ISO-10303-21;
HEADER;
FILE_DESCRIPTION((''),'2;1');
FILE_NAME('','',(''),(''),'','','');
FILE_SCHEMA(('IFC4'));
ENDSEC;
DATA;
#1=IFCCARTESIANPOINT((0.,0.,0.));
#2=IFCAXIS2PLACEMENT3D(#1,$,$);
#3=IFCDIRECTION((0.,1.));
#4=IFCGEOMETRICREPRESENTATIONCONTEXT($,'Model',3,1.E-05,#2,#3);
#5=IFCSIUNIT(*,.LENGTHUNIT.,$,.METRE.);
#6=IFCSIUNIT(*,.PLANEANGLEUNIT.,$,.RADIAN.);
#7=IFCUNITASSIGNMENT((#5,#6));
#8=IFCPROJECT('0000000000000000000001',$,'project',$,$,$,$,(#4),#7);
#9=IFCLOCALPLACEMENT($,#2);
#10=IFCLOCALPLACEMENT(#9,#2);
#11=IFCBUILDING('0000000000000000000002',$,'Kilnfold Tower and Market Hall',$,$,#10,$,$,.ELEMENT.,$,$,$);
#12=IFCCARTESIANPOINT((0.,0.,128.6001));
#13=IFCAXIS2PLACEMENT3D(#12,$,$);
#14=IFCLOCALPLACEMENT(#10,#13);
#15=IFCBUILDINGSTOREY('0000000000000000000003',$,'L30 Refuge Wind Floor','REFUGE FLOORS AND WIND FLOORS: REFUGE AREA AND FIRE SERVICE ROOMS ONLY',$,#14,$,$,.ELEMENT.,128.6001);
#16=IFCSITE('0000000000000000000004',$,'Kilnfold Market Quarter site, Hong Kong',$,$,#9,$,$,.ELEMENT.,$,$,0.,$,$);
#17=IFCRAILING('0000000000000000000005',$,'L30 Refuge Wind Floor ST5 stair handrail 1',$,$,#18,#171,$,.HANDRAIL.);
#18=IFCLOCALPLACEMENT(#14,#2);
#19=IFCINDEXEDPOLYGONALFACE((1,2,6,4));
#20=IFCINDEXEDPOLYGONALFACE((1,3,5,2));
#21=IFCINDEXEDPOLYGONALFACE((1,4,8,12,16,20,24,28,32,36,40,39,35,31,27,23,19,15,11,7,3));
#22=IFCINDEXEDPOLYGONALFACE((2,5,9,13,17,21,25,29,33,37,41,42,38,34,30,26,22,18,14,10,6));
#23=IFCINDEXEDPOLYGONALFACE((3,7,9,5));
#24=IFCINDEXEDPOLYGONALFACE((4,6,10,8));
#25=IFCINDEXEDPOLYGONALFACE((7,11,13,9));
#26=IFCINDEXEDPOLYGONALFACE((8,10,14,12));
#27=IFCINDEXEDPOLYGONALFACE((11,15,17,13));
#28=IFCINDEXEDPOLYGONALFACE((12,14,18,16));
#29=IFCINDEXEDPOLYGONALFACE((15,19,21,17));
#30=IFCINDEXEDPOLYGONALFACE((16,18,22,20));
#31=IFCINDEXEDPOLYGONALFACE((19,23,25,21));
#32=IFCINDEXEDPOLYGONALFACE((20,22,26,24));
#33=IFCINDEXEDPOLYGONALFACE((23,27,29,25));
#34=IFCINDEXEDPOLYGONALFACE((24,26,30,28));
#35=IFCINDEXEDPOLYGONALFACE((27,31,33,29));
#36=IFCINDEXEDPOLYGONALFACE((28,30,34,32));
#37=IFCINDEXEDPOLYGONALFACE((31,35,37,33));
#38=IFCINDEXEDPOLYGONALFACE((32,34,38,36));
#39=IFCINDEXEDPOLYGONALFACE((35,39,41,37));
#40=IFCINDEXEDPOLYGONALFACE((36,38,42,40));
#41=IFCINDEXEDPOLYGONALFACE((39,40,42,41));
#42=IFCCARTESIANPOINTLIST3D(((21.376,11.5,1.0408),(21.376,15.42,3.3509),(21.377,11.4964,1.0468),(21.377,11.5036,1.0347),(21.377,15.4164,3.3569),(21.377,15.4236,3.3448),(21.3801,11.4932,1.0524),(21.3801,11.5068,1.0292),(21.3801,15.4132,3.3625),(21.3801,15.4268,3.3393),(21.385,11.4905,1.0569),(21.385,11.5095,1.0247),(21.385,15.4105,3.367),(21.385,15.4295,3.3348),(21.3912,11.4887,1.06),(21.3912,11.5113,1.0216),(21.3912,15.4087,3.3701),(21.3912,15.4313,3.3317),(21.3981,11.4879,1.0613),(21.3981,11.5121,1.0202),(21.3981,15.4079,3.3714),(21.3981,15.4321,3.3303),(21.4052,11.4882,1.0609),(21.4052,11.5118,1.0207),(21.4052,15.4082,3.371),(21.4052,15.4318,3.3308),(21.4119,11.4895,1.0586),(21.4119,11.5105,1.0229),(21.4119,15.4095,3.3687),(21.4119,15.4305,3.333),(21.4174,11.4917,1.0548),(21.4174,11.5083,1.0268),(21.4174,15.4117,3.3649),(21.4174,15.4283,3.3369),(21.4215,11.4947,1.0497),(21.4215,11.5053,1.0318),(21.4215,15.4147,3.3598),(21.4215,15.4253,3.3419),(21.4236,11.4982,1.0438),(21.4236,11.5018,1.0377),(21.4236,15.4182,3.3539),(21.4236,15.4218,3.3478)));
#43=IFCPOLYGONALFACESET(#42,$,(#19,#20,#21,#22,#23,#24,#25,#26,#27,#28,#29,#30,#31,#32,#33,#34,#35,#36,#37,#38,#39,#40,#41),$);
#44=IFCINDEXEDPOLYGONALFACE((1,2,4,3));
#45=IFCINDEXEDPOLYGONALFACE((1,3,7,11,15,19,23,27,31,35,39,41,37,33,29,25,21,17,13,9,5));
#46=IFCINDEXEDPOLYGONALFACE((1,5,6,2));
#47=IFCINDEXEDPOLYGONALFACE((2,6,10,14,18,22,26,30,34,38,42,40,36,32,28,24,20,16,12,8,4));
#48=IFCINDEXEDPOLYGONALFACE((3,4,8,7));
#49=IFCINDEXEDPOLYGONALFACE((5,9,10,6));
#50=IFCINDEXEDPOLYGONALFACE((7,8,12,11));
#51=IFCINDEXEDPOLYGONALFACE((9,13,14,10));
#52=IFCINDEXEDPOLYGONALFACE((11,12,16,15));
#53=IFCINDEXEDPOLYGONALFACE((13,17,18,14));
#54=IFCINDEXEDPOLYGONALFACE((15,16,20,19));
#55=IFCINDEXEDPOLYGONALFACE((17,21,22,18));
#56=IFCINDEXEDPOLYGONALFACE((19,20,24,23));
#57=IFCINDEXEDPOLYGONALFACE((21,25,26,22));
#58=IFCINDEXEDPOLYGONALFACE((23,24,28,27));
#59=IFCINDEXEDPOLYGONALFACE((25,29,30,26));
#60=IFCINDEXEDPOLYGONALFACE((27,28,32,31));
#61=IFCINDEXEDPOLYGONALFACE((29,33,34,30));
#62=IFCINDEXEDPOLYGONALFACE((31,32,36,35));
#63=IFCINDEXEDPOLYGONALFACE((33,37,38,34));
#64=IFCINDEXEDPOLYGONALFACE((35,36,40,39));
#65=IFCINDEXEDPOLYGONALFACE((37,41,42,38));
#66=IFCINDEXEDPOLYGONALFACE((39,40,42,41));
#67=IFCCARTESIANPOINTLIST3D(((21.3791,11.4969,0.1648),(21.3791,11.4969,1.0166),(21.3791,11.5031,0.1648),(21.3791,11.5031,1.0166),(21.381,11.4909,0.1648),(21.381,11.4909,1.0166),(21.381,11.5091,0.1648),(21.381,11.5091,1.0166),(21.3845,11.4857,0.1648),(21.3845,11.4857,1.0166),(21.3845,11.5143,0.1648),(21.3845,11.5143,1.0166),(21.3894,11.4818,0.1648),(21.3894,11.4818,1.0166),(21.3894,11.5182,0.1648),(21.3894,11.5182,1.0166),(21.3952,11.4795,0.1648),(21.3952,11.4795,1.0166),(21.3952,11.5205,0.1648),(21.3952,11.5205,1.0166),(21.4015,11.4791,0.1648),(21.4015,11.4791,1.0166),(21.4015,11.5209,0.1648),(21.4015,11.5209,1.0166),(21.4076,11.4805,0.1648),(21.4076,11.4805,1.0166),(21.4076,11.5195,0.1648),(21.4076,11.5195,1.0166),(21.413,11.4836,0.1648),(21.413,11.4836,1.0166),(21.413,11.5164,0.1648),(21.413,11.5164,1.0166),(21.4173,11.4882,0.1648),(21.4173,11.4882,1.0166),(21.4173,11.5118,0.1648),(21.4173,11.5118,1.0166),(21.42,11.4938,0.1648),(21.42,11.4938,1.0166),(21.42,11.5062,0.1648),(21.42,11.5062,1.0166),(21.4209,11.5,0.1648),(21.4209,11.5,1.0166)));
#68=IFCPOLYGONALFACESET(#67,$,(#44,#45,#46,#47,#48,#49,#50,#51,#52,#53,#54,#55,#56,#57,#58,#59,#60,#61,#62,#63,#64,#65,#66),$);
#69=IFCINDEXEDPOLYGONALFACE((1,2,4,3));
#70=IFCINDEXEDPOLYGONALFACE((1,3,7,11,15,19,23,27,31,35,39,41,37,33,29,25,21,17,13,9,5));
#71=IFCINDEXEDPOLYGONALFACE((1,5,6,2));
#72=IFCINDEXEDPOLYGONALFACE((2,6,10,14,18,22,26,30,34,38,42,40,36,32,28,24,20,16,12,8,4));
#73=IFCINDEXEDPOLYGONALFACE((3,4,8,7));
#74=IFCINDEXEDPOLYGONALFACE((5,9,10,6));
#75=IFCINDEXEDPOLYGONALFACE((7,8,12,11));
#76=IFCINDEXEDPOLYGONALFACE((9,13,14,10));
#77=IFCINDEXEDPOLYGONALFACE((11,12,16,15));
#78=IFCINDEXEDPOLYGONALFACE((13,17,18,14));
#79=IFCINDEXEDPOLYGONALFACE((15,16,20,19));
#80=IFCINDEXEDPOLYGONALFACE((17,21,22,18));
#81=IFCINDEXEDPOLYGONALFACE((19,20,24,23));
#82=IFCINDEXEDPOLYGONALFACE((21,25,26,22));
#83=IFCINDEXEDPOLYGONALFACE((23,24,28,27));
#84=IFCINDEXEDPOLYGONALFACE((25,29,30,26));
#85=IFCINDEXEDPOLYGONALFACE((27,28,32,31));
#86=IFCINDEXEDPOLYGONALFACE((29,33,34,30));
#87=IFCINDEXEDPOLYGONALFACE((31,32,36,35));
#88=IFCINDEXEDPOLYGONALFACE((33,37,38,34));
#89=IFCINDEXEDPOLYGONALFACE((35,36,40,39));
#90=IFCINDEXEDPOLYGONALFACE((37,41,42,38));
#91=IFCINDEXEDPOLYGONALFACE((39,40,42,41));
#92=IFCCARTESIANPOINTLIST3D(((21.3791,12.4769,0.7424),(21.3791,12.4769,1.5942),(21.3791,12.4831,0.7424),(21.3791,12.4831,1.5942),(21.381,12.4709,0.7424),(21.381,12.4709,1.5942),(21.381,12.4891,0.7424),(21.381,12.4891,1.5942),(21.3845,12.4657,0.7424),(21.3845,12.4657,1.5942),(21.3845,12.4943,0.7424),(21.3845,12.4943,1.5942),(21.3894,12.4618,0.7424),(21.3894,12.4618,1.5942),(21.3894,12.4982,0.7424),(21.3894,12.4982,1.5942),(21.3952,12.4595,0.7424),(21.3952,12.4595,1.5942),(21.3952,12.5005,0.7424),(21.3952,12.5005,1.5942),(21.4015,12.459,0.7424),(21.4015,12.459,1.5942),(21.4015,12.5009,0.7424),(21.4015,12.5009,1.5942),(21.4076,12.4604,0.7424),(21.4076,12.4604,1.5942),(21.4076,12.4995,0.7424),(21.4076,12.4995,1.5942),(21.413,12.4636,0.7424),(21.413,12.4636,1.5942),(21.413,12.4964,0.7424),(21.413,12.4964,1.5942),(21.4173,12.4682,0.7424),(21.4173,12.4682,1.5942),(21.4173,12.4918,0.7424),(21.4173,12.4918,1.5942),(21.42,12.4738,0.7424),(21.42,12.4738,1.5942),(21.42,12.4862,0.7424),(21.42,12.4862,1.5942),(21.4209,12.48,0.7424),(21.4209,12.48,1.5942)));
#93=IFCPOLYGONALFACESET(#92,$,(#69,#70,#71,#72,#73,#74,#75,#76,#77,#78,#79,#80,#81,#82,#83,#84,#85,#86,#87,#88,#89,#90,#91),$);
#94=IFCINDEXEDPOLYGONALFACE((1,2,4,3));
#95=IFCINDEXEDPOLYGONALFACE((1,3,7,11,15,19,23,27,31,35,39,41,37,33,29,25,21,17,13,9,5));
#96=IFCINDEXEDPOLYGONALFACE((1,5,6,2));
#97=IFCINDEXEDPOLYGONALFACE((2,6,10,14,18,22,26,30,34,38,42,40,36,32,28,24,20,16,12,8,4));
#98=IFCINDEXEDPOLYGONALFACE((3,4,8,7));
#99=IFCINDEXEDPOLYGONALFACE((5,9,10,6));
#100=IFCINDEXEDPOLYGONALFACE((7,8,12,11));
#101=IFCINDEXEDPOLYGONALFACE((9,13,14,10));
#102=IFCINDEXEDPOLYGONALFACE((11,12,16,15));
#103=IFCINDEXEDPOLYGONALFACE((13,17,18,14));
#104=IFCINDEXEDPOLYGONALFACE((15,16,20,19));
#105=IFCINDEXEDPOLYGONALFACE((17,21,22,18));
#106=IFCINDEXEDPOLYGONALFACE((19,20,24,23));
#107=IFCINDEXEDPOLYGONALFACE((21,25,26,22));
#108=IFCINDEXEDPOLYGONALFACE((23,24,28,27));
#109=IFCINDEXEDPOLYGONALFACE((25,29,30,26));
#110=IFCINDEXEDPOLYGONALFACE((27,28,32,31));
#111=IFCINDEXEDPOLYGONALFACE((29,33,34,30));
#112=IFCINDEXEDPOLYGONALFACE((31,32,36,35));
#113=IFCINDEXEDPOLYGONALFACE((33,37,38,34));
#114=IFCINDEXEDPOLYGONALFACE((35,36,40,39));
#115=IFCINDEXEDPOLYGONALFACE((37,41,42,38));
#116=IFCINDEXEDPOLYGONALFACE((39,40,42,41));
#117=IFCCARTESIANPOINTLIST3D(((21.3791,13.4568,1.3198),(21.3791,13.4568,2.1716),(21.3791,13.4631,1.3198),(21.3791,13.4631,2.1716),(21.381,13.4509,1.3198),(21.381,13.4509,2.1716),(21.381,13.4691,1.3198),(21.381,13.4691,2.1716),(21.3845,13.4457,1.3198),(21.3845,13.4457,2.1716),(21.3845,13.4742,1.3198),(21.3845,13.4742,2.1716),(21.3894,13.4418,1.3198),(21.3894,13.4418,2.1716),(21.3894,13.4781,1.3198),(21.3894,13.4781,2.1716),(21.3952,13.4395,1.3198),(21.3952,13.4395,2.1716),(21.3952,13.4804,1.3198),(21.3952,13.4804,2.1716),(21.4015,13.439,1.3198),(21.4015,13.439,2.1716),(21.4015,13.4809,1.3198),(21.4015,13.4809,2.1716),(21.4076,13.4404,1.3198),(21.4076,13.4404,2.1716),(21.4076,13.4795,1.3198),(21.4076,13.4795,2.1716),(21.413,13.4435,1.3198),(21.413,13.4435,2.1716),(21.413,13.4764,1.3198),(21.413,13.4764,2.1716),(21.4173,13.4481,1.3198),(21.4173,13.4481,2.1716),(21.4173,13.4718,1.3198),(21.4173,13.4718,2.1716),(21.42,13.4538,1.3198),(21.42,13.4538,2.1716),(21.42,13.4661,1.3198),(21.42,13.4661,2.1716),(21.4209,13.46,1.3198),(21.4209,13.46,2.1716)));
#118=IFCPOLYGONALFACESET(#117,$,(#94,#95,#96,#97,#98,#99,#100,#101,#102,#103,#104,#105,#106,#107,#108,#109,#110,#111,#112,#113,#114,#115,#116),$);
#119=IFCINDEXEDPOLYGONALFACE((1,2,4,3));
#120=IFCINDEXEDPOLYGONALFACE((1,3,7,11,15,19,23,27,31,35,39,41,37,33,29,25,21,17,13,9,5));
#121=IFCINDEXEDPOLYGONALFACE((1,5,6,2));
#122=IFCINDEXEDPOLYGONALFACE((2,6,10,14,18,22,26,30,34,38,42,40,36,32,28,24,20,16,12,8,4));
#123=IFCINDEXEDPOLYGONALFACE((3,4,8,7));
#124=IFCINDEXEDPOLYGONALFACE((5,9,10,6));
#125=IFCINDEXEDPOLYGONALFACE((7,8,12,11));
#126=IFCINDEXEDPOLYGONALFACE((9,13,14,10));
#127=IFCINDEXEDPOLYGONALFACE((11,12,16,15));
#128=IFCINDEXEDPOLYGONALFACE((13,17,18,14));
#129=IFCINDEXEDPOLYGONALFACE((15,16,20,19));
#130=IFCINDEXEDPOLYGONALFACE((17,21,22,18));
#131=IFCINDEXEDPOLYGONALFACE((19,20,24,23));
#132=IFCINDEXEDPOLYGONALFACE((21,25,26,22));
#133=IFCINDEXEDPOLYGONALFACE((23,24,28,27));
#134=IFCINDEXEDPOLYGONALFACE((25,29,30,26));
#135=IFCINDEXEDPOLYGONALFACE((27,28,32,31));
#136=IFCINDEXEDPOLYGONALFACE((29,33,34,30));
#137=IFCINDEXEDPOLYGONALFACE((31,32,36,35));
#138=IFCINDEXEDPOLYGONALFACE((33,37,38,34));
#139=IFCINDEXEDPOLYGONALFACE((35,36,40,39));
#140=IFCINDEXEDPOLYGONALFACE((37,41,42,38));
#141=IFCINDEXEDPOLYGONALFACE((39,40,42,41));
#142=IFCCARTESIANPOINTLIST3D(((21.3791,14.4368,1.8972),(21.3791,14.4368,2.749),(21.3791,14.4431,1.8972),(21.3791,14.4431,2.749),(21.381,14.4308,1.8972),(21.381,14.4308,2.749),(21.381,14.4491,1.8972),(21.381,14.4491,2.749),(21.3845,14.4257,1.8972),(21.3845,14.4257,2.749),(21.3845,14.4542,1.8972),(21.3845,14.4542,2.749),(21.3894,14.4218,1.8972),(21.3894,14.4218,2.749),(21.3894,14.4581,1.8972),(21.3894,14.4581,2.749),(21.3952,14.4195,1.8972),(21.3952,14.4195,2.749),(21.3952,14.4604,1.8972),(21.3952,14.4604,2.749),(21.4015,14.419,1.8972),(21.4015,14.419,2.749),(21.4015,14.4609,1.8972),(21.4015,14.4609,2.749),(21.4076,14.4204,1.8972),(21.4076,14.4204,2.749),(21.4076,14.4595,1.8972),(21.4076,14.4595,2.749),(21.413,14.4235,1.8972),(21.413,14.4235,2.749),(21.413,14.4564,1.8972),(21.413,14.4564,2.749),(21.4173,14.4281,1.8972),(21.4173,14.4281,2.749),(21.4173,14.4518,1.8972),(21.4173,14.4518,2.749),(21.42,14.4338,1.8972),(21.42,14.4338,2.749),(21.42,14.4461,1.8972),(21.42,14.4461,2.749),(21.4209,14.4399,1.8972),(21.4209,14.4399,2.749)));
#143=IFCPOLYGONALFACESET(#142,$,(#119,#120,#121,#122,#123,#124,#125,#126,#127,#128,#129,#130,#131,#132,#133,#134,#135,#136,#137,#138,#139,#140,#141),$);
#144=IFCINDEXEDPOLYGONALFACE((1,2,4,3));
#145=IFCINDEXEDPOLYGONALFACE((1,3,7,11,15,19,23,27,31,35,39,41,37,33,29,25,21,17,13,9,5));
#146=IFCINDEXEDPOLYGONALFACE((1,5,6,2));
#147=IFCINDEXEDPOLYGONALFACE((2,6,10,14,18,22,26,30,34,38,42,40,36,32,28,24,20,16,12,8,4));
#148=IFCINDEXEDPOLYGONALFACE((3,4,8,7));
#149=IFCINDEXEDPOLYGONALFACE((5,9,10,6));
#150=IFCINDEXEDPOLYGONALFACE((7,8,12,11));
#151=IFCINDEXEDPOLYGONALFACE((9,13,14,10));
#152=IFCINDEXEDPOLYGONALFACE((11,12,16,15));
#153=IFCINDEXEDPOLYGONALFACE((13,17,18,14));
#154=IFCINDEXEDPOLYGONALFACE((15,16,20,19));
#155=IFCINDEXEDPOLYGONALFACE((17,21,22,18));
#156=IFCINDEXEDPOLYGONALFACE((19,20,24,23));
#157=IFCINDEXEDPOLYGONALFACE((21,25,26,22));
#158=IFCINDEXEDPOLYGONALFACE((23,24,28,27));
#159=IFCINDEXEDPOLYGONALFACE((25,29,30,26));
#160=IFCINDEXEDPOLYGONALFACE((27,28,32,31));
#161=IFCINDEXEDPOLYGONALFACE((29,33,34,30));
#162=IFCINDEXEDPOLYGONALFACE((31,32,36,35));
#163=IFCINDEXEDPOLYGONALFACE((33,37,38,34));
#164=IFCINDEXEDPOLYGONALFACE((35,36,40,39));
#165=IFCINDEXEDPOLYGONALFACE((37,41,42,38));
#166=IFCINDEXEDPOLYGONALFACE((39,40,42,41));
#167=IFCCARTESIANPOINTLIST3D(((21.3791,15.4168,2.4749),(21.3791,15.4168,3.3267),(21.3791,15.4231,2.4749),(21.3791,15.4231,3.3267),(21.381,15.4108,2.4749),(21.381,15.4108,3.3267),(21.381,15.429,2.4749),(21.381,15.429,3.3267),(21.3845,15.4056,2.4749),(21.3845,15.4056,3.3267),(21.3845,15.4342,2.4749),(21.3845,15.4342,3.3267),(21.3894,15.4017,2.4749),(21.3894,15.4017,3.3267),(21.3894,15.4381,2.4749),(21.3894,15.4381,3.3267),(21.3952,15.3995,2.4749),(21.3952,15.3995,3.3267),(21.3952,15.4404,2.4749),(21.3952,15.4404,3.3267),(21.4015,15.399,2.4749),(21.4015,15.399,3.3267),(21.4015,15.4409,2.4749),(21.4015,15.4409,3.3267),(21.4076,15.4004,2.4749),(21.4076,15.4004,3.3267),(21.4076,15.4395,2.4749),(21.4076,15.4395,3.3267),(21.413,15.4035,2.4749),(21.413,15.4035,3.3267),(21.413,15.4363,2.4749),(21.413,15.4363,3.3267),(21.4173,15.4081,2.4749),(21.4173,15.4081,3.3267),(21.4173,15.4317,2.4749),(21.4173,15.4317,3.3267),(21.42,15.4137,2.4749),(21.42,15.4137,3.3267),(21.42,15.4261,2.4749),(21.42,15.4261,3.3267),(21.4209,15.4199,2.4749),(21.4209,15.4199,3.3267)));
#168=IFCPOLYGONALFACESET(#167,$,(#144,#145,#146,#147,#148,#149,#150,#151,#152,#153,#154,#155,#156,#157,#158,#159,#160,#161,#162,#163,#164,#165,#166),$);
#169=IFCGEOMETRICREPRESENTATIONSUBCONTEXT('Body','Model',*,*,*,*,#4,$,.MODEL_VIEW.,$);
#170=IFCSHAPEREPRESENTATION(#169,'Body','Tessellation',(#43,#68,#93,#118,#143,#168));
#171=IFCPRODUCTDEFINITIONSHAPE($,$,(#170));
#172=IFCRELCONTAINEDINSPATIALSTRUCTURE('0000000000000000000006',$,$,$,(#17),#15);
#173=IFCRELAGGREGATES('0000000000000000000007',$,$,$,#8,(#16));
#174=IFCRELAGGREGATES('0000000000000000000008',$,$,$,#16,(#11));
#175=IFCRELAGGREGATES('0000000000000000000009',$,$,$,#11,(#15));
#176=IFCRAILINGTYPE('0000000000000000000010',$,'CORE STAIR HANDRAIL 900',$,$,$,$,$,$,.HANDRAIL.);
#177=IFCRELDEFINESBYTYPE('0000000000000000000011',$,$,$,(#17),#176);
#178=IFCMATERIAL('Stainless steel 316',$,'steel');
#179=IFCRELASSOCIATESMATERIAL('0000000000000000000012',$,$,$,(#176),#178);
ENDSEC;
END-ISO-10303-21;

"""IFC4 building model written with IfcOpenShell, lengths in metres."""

from ifc_helpers import new_model, si_unit, direction, frame, origin, origin_2d, place, context, subcontext, project, spatial, circle, extrude, material, type_object, element, save


model = new_model("IFC4")

# Units and contexts
model_context = context("Model", 3, precision=1e-05, world=origin(), true_north=direction((0.0, 1.0)))
body_context = subcontext(model_context, "Body", "Model", "MODEL_VIEW")
ifc_project = project(units=[si_unit("LENGTHUNIT", "METRE"), si_unit("PLANEANGLEUNIT", "RADIAN")], contexts=[model_context])

# Site, building, storey
site_placement = place(None, origin())
site = spatial("IfcSite", under=ifc_project, at=site_placement, Name="Kilnfold Market Quarter site, Hong Kong", CompositionType="ELEMENT", RefElevation=0.0)
building_placement = place(site_placement, origin())
building = spatial("IfcBuilding", under=site, at=building_placement, Name="Kilnfold Tower and Market Hall", CompositionType="ELEMENT")
storey_placement = place(building_placement, frame((0.0, 0.0, 128.6001)))
storey = spatial("IfcBuildingStorey", under=building, at=storey_placement, Name="L30 Refuge Wind Floor", Description="REFUGE FLOORS AND WIND FLOORS: REFUGE AREA AND FIRE SERVICE ROOMS ONLY", CompositionType="ELEMENT", Elevation=128.6001)

# Railing
ifc_material_1 = material(Name="Stainless steel 316", Category="steel")
railing_type_1 = type_object("IfcRailingType", Name="CORE STAIR HANDRAIL 900", PredefinedType="HANDRAIL", material=ifc_material_1)
railing_1_placement = place(storey_placement, frame((21.3999, 11.5, 0.1648)))
element("IfcRailing", 1, at=railing_1_placement, inside=storey, type_object=railing_type_1, Name="L30 Refuge Wind Floor ST5 stair handrail 1", PredefinedType="HANDRAIL", context=body_context, shape_type="SweptSolid", body=[
    extrude(circle(Radius=0.0239, at=origin_2d()), frame((0.0, 0.0, 0.876), z_axis=(0.0, 0.861528, 0.507709), x_axis=(-1.0, 0.0, 0.0)), (0.0, 0.0, 1.0), 4.55),
    extrude(circle(Radius=0.021, at=origin_2d()), origin(), (0.0, 0.0, 1.0), 0.8518),
    extrude(circle(Radius=0.021, at=origin_2d()), frame((0.0, 0.98, 0.5776)), (0.0, 0.0, 1.0), 0.8518),
    extrude(circle(Radius=0.021, at=origin_2d()), frame((0.0, 1.96, 1.155)), (0.0, 0.0, 1.0), 0.8518),
    extrude(circle(Radius=0.021, at=origin_2d()), frame((0.0, 2.9399, 1.7324)), (0.0, 0.0, 1.0), 0.8518),
    extrude(circle(Radius=0.021, at=origin_2d()), frame((0.0, 3.9199, 2.3101)), (0.0, 0.0, 1.0), 0.8518),
])

save(model, "model.ifc")
